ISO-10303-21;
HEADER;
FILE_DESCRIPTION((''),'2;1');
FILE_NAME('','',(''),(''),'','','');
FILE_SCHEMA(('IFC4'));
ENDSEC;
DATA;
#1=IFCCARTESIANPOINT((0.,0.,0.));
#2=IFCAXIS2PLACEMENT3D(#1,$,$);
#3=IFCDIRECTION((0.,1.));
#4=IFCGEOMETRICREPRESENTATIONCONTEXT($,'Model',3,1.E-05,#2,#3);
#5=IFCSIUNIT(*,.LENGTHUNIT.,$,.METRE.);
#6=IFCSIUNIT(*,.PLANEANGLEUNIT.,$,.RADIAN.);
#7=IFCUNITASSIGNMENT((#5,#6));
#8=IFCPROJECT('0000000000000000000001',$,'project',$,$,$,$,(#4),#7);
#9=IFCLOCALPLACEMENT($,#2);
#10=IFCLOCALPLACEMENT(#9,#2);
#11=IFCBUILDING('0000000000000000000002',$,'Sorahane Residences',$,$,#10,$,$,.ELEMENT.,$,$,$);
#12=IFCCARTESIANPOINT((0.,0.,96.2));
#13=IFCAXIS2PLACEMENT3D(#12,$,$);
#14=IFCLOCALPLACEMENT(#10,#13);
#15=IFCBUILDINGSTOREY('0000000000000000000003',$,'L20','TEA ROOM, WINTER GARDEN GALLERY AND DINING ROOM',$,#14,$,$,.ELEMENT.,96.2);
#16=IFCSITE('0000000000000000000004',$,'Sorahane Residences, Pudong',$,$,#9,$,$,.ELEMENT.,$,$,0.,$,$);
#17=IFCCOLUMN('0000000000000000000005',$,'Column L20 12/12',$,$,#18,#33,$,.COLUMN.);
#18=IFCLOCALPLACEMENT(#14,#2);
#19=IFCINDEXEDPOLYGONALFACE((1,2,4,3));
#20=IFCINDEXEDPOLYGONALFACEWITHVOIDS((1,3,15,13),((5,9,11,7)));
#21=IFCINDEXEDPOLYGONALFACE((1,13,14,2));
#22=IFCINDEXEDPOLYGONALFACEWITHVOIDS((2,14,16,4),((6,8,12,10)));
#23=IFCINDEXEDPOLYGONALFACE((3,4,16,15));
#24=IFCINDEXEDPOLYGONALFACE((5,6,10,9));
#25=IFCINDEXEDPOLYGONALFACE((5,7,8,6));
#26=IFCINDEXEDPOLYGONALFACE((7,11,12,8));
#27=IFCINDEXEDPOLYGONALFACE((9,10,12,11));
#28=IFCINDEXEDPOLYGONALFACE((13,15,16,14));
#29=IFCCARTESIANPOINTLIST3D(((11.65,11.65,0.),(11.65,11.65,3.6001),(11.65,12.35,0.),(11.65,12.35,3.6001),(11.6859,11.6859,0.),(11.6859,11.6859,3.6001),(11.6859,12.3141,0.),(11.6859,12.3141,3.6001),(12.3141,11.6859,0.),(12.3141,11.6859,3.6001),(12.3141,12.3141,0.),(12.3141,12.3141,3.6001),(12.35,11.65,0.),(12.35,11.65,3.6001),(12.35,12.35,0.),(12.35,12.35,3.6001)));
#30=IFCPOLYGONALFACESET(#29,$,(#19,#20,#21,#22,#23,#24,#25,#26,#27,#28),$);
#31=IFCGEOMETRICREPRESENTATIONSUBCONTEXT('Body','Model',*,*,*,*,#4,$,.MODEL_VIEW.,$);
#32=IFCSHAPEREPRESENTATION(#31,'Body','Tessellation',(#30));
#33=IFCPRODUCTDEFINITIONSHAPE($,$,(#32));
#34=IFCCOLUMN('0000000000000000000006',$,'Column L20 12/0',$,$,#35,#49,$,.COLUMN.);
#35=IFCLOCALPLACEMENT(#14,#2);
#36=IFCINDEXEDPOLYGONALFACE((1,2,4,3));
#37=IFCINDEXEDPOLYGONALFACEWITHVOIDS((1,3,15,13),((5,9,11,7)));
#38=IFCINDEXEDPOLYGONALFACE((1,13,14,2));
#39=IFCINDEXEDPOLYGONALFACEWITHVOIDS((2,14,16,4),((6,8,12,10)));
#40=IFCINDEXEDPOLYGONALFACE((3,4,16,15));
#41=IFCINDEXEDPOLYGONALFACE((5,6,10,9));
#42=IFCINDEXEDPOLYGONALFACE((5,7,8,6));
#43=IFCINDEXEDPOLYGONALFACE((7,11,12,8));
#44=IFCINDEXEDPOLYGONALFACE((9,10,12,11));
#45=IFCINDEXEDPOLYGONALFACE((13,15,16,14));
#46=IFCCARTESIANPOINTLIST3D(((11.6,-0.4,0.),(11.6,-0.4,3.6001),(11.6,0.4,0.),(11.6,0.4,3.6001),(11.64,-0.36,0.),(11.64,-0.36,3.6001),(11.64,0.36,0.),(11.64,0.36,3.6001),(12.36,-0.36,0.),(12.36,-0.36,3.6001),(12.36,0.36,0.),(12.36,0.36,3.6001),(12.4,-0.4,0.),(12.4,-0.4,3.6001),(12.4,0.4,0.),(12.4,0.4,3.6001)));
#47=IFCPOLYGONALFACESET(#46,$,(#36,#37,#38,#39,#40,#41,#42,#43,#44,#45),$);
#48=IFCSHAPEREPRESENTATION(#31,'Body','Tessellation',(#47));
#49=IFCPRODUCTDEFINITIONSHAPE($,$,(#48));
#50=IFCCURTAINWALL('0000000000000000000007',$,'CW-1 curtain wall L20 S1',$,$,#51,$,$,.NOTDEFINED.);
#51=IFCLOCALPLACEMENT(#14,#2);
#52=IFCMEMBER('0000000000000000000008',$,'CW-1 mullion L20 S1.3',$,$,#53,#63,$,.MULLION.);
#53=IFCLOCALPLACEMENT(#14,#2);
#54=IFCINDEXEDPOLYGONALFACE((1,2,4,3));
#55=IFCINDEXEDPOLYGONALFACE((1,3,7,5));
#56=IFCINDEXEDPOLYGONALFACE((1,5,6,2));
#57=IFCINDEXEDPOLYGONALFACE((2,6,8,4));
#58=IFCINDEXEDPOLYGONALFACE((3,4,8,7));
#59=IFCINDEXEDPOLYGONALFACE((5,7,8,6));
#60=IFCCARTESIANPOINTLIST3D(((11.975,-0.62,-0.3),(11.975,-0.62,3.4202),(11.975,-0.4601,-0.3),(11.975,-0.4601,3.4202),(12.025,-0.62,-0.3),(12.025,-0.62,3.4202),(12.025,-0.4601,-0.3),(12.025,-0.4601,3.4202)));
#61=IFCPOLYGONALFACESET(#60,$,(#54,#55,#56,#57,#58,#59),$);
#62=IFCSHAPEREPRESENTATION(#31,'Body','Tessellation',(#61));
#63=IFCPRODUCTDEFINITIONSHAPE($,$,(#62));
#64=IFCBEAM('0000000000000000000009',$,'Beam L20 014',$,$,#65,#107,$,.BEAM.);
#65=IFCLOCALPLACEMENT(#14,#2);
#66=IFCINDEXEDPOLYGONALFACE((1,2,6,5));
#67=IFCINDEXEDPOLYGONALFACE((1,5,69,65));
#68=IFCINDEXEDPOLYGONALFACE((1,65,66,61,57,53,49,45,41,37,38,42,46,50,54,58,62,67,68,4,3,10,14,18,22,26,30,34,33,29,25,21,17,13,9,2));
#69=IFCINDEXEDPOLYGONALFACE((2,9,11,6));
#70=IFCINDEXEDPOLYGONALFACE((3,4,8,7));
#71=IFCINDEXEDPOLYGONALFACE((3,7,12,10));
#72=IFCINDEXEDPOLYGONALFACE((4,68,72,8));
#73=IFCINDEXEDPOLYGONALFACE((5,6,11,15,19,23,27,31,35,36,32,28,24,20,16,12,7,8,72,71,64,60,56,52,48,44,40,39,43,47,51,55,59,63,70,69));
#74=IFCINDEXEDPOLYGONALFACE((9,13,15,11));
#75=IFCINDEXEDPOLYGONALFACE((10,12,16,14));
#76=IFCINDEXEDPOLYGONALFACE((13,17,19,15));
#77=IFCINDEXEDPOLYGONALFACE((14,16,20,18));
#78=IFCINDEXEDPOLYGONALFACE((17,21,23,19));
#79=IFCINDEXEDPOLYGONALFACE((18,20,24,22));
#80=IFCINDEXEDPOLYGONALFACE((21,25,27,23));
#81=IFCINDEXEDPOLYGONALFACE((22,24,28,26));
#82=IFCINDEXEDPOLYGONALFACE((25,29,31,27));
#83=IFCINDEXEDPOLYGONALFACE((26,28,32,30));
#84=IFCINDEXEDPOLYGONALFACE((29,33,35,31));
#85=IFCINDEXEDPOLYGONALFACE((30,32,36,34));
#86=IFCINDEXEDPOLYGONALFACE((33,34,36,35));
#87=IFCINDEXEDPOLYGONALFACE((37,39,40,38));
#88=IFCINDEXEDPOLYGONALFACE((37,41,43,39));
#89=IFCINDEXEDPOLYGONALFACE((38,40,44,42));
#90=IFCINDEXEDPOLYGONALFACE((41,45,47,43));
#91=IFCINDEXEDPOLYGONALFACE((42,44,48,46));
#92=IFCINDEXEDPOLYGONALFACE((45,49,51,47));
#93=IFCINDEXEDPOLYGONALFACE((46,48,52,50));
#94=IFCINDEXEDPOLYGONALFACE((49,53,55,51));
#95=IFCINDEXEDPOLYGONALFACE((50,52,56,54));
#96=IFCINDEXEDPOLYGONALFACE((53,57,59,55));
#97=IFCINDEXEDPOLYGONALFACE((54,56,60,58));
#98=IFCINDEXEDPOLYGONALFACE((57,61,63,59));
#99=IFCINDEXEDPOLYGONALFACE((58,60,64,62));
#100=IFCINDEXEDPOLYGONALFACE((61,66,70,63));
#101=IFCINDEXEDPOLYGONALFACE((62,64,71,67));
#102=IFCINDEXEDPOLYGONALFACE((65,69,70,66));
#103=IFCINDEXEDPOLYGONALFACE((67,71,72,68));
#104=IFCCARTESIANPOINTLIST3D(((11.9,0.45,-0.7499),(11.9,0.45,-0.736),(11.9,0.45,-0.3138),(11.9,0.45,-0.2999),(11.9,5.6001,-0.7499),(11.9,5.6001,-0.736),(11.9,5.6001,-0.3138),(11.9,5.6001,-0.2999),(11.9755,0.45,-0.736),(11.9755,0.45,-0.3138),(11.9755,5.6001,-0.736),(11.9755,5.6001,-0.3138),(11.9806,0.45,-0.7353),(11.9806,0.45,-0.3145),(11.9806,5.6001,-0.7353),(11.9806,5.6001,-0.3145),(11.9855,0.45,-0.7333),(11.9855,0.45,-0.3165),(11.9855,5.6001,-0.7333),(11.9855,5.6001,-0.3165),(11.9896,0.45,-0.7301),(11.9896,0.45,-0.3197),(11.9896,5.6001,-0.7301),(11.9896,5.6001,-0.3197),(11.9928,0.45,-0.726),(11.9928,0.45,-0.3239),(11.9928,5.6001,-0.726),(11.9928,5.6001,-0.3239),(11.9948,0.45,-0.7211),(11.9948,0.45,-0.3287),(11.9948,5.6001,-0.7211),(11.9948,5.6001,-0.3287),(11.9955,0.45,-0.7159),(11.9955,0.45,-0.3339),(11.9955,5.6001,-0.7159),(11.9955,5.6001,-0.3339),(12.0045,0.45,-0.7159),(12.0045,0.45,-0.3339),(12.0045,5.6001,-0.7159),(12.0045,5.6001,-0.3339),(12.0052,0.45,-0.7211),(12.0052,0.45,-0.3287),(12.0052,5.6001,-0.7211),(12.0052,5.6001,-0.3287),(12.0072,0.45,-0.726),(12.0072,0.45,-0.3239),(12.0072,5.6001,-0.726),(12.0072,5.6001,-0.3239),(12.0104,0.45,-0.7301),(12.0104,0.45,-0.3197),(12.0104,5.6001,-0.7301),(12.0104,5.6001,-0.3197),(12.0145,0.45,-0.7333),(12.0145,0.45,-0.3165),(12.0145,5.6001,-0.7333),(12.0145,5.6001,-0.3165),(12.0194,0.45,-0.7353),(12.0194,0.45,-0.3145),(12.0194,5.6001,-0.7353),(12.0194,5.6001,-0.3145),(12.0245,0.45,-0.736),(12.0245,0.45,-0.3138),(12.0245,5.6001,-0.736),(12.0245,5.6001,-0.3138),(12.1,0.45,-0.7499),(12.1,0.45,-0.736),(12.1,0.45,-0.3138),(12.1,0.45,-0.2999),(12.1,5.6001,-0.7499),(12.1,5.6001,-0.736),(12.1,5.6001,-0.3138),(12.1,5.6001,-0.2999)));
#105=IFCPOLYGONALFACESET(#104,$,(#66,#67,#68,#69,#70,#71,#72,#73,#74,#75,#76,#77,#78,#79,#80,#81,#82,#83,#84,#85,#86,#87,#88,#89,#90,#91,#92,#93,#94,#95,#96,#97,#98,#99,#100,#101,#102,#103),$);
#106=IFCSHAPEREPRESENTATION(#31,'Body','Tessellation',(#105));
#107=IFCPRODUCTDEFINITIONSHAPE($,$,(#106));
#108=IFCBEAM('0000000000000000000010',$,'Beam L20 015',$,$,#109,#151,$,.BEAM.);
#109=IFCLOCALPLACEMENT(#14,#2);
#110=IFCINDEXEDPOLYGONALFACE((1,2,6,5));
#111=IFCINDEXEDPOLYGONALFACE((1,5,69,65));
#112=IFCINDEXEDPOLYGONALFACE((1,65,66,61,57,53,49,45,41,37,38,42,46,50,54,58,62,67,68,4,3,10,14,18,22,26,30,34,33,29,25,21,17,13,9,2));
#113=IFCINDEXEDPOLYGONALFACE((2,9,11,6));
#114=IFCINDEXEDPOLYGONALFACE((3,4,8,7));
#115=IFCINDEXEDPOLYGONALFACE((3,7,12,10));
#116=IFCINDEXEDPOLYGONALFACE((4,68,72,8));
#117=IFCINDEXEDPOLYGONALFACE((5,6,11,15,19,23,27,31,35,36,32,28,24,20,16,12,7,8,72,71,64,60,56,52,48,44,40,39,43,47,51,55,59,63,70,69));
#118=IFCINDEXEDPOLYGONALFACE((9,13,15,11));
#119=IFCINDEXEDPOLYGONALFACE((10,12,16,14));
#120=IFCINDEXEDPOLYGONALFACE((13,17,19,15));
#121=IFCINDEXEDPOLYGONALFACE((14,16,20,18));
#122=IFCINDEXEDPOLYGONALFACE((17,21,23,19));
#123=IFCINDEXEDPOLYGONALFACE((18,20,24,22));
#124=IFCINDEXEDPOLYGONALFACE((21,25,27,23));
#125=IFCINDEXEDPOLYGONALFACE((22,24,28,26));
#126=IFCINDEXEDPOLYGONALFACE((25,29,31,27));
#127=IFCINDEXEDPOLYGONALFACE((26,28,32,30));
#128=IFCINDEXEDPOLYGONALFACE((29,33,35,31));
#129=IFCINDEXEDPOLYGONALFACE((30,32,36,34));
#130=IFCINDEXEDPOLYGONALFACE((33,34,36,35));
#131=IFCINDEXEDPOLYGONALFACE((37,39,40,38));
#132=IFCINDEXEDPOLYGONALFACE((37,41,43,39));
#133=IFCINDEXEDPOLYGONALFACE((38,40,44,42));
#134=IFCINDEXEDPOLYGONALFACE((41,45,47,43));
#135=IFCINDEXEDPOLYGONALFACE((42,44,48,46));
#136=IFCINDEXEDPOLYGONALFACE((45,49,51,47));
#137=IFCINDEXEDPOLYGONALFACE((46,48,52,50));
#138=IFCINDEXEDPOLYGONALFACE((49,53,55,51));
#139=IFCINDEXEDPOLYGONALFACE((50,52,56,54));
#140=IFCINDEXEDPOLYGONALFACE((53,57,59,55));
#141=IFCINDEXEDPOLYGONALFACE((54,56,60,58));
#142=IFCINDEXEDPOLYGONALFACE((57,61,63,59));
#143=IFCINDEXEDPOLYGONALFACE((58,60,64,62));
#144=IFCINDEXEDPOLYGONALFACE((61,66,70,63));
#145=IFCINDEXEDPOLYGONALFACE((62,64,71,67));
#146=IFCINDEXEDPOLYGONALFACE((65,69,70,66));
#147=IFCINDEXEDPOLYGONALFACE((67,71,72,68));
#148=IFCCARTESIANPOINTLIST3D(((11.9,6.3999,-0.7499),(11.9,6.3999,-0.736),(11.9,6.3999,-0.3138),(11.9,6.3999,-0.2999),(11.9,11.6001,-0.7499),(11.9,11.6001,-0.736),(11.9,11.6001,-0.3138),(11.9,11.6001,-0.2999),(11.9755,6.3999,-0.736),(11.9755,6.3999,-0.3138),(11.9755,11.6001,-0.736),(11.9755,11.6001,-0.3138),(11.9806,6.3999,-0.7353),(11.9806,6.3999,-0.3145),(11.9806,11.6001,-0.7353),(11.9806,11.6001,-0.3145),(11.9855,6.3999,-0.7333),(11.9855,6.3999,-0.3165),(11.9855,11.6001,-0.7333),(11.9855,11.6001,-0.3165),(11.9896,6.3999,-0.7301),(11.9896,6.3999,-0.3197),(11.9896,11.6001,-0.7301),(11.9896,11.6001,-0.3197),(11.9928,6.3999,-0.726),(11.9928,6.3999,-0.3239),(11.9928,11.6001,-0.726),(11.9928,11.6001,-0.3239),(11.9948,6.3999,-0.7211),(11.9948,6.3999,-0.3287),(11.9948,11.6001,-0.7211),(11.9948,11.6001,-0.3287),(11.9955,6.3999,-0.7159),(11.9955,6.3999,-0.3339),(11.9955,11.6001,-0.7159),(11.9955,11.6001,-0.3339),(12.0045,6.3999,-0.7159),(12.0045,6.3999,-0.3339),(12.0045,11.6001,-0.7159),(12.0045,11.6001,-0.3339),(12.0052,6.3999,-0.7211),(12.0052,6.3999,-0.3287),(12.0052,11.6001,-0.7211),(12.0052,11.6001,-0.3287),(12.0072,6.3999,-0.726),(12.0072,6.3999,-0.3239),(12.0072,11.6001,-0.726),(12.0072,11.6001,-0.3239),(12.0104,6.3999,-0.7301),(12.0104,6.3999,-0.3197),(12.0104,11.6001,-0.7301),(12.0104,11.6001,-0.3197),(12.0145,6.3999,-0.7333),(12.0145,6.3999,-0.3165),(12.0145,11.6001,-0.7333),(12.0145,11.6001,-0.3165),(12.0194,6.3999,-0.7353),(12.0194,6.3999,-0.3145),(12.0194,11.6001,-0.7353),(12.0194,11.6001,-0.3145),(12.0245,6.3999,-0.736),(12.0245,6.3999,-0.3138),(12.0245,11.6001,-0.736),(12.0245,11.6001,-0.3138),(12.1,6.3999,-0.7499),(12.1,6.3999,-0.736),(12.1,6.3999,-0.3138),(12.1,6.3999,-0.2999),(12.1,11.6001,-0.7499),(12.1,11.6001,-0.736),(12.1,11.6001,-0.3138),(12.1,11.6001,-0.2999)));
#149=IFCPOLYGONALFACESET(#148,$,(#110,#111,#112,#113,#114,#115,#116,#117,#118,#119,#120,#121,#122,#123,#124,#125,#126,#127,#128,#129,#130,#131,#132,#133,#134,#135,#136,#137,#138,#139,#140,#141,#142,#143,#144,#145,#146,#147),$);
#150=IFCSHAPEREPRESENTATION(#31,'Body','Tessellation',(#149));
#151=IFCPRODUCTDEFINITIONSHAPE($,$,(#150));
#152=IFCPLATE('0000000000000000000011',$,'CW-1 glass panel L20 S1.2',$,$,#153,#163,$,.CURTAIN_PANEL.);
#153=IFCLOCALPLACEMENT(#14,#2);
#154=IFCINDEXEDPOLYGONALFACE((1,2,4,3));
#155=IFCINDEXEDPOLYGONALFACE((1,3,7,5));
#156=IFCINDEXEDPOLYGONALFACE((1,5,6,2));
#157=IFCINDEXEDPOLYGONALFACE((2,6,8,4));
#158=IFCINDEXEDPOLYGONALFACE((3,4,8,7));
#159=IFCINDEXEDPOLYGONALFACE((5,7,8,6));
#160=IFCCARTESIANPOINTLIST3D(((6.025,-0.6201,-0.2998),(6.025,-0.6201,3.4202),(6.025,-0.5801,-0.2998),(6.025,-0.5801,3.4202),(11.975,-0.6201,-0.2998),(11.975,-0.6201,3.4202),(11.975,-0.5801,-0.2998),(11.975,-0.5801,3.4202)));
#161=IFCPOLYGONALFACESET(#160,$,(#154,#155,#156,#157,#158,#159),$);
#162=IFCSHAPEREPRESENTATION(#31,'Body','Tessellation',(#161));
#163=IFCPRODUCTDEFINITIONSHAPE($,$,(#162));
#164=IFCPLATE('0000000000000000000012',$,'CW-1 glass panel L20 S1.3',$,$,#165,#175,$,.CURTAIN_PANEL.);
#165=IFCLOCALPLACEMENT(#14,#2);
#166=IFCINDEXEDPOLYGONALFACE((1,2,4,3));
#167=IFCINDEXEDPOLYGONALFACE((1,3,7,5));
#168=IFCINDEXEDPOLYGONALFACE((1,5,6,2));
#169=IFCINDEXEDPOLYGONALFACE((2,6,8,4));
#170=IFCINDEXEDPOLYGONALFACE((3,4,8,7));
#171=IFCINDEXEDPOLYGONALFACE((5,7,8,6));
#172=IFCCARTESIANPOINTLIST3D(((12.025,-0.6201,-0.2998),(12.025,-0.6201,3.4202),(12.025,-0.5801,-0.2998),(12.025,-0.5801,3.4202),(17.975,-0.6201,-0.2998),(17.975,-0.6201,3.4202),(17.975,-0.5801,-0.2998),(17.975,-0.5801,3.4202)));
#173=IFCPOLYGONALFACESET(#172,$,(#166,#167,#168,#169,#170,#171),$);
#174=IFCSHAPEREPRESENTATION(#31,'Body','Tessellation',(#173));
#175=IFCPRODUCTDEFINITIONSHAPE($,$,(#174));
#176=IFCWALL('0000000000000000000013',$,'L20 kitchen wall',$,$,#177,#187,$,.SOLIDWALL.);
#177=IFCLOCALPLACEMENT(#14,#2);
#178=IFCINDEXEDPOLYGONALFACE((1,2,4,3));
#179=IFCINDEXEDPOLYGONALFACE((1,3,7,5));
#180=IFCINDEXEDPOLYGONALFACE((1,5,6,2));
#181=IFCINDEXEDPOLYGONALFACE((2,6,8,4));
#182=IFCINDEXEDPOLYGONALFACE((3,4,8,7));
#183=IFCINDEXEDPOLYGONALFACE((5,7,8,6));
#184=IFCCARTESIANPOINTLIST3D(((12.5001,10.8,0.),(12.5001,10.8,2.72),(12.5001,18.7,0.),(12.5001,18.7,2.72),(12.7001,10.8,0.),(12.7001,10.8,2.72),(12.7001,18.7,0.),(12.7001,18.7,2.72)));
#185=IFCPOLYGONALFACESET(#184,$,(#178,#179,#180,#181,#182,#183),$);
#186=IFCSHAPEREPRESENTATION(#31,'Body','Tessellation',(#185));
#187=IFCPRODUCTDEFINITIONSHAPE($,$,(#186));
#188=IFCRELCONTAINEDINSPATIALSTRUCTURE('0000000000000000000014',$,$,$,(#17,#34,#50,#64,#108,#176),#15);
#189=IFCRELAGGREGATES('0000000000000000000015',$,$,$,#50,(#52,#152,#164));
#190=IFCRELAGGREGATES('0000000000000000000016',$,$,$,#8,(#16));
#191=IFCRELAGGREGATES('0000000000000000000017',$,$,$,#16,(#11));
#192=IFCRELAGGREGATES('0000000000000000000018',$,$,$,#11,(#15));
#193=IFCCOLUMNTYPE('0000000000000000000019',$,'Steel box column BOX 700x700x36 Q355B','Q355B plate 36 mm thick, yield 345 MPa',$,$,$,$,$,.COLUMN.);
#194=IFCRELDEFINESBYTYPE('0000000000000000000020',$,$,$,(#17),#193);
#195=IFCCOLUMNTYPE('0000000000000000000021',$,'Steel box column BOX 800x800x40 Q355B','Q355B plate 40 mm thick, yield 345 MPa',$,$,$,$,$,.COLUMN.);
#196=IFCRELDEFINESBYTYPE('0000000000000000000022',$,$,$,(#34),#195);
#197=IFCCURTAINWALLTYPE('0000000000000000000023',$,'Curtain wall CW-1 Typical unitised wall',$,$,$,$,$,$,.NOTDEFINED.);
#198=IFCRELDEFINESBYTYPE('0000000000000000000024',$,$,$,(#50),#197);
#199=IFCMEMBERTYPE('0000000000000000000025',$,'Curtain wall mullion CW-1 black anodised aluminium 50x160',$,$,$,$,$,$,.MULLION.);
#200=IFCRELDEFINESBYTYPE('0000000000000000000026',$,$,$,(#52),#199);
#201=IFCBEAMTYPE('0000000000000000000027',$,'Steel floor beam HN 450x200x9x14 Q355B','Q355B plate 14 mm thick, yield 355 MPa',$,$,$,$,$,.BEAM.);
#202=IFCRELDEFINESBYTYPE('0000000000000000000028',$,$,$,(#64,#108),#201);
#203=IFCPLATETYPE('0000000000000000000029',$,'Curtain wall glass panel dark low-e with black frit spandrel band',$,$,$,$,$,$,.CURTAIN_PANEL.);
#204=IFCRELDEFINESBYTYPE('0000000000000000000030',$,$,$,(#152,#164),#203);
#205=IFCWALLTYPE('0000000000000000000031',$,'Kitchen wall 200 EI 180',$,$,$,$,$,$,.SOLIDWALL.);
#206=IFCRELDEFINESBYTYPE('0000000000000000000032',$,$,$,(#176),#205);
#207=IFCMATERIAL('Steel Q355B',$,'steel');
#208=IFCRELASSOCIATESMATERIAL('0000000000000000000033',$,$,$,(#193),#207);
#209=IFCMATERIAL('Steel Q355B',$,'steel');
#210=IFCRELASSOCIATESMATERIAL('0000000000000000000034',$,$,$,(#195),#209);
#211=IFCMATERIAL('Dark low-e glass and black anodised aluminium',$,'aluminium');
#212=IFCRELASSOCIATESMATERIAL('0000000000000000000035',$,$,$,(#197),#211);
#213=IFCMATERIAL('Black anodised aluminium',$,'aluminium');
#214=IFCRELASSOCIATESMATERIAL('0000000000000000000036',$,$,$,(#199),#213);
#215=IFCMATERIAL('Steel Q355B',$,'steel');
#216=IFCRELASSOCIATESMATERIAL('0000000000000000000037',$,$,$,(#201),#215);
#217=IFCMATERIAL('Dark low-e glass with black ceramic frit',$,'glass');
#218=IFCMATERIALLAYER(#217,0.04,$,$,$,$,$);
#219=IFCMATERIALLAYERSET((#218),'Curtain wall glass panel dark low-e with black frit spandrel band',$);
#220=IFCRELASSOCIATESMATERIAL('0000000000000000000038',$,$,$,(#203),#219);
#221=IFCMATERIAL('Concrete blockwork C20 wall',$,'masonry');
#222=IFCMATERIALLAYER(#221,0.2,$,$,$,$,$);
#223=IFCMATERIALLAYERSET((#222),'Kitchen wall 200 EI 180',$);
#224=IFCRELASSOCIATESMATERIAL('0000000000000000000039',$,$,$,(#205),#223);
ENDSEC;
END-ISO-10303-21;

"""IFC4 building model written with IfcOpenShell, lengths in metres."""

from ifc_helpers import new_model, si_unit, direction, frame, frame_2d, origin, origin_2d, place, context, subcontext, project, spatial, rectangle, hollow_rectangle, i_section, extrude, material, layer, layer_set, material_profile, profile_set, type_object, element, aggregate, save


model = new_model("IFC4")

# Units and contexts
model_context = context("Model", 3, precision=1e-05, world=origin(), true_north=direction((0.0, 1.0)))
body_context = subcontext(model_context, "Body", "Model", "MODEL_VIEW")
ifc_project = project(units=[si_unit("LENGTHUNIT", "METRE"), si_unit("PLANEANGLEUNIT", "RADIAN")], contexts=[model_context])

# Site, building, storey
site_placement = place(None, origin())
site = spatial("IfcSite", under=ifc_project, at=site_placement, Name="Sorahane Residences, Pudong", CompositionType="ELEMENT", RefElevation=0.0)
building_placement = place(site_placement, origin())
building = spatial("IfcBuilding", under=site, at=building_placement, Name="Sorahane Residences", CompositionType="ELEMENT")
storey_placement = place(building_placement, frame((0.0, 0.0, 96.2)))
storey = spatial("IfcBuildingStorey", under=building, at=storey_placement, Name="L20", Description="TEA ROOM, WINTER GARDEN GALLERY AND DINING ROOM", CompositionType="ELEMENT", Elevation=96.2)

# Columns
ifc_material_1 = material(Name="Steel Q355B", Category="steel")
ifc_material_profile_1 = material_profile(ifc_material_1, hollow_rectangle(XDim=0.7, YDim=0.7, WallThickness=0.0359, at=origin_2d()), Name="BOX 700x700x36")
ifc_profile_set_1 = profile_set([ifc_material_profile_1], Name="Steel Q355B")
column_type_1 = type_object("IfcColumnType", Name="Steel box column BOX 700x700x36 Q355B", Description="Q355B plate 36 mm thick, yield 345 MPa", PredefinedType="COLUMN", material=ifc_profile_set_1)
column_1_placement = place(storey_placement, frame((12.0, 12.0, 0.0), z_axis=(0.0, 0.0, 1.0), x_axis=(1.0, 0.0, 0.0)))
element("IfcColumn", 1, at=column_1_placement, inside=storey, type_object=column_type_1, Name="Column L20 12/12", PredefinedType="COLUMN", context=body_context, shape_type="SweptSolid", body=[
    extrude(hollow_rectangle(XDim=0.7, YDim=0.7, WallThickness=0.0359, at=origin_2d()), origin(), (0.0, 0.0, 1.0), 3.6001),
])
ifc_material_2 = material(Name="Steel Q355B", Category="steel")
ifc_material_profile_2 = material_profile(ifc_material_2, hollow_rectangle(XDim=0.8, YDim=0.8, WallThickness=0.04, at=origin_2d()), Name="BOX 800x800x40")
ifc_profile_set_2 = profile_set([ifc_material_profile_2], Name="Steel Q355B")
column_type_2 = type_object("IfcColumnType", Name="Steel box column BOX 800x800x40 Q355B", Description="Q355B plate 40 mm thick, yield 345 MPa", PredefinedType="COLUMN", material=ifc_profile_set_2)
column_2_placement = place(storey_placement, frame((12.0, 0.0, 0.0), z_axis=(0.0, 0.0, 1.0), x_axis=(1.0, 0.0, 0.0)))
element("IfcColumn", 2, at=column_2_placement, inside=storey, type_object=column_type_2, Name="Column L20 12/0", PredefinedType="COLUMN", context=body_context, shape_type="SweptSolid", body=[
    extrude(hollow_rectangle(XDim=0.8, YDim=0.8, WallThickness=0.04, at=origin_2d()), origin(), (0.0, 0.0, 1.0), 3.6001),
])

# Curtain wall, member
ifc_material_3 = material(Name="Dark low-e glass and black anodised aluminium", Category="aluminium")
curtain_wall_type = type_object("IfcCurtainWallType", Name="Curtain wall CW-1 Typical unitised wall", PredefinedType="NOTDEFINED", material=ifc_material_3)
curtain_wall_placement = place(storey_placement, origin())
curtain_wall = element("IfcCurtainWall", 3, at=curtain_wall_placement, inside=storey, type_object=curtain_wall_type, Name="CW-1 curtain wall L20 S1", PredefinedType="NOTDEFINED")
ifc_material_4 = material(Name="Black anodised aluminium", Category="aluminium")
ifc_material_profile_3 = material_profile(ifc_material_4, rectangle(XDim=0.1599, YDim=0.05, at=origin_2d()), Name="Curtain wall mullion CW-1 black anodised aluminium 50x160")
ifc_profile_set_3 = profile_set([ifc_material_profile_3], Name="Black anodised aluminium")
member_type = type_object("IfcMemberType", Name="Curtain wall mullion CW-1 black anodised aluminium 50x160", PredefinedType="MULLION", material=ifc_profile_set_3)
member_placement = place(storey_placement, frame((12.0, -0.54, -0.3), z_axis=(0.0, 0.0, 1.0), x_axis=(0.0, -1.0, 0.0)))
member = element("IfcMember", 4, at=member_placement, type_object=member_type, Name="CW-1 mullion L20 S1.3", PredefinedType="MULLION", context=body_context, shape_type="SweptSolid", body=[
    extrude(rectangle(XDim=0.1599, YDim=0.05, at=origin_2d()), origin(), (0.0, 0.0, 1.0), 3.7202),
])

# Beams
ifc_material_5 = material(Name="Steel Q355B", Category="steel")
ifc_material_profile_4 = material_profile(ifc_material_5, i_section(OverallWidth=0.2, OverallDepth=0.45, WebThickness=0.009, FlangeThickness=0.0139, FilletRadius=0.02, at=origin_2d()), Name="HN 450x200x9x14")
ifc_profile_set_4 = profile_set([ifc_material_profile_4], Name="Steel Q355B")
beam_type = type_object("IfcBeamType", Name="Steel floor beam HN 450x200x9x14 Q355B", Description="Q355B plate 14 mm thick, yield 355 MPa", PredefinedType="BEAM", material=ifc_profile_set_4)
beam_1_placement = place(storey_placement, frame((12.0, 0.45, -0.5249), z_axis=(0.0, 1.0, 0.0), x_axis=(-1.0, 0.0, 0.0)))
element("IfcBeam", 5, at=beam_1_placement, inside=storey, type_object=beam_type, Name="Beam L20 014", PredefinedType="BEAM", context=body_context, shape_type="SweptSolid", body=[
    extrude(i_section(OverallWidth=0.2, OverallDepth=0.45, WebThickness=0.009, FlangeThickness=0.0139, FilletRadius=0.02, at=origin_2d()), origin(), (0.0, 0.0, 1.0), 5.1501),
])
beam_2_placement = place(storey_placement, frame((12.0, 6.3999, -0.5249), z_axis=(0.0, 1.0, 0.0), x_axis=(-1.0, 0.0, 0.0)))
element("IfcBeam", 6, at=beam_2_placement, inside=storey, type_object=beam_type, Name="Beam L20 015", PredefinedType="BEAM", context=body_context, shape_type="SweptSolid", body=[
    extrude(i_section(OverallWidth=0.2, OverallDepth=0.45, WebThickness=0.009, FlangeThickness=0.0139, FilletRadius=0.02, at=origin_2d()), origin(), (0.0, 0.0, 1.0), 5.2002),
])

# Plates
ifc_material_6 = material(Name="Dark low-e glass with black ceramic frit", Category="glass")
ifc_layer_1 = layer(ifc_material_6, 0.04)
ifc_layer_set_1 = layer_set([ifc_layer_1], Name="Curtain wall glass panel dark low-e with black frit spandrel band")
plate_type = type_object("IfcPlateType", Name="Curtain wall glass panel dark low-e with black frit spandrel band", PredefinedType="CURTAIN_PANEL", material=ifc_layer_set_1)
plate_1_placement = place(storey_placement, frame((9.0, -0.6001, -0.2998), z_axis=(0.0, 0.0, 1.0), x_axis=(1.0, 0.0, 0.0)))
plate_1 = element("IfcPlate", 7, at=plate_1_placement, type_object=plate_type, Name="CW-1 glass panel L20 S1.2", PredefinedType="CURTAIN_PANEL", context=body_context, shape_type="SweptSolid", body=[
    extrude(rectangle(XDim=5.95, YDim=0.04, at=origin_2d()), origin(), (0.0, 0.0, 1.0), 3.72),
])
plate_2_placement = place(storey_placement, frame((15.0, -0.6001, -0.2998), z_axis=(0.0, 0.0, 1.0), x_axis=(1.0, 0.0, 0.0)))
plate_2 = element("IfcPlate", 8, at=plate_2_placement, type_object=plate_type, Name="CW-1 glass panel L20 S1.3", PredefinedType="CURTAIN_PANEL", context=body_context, shape_type="SweptSolid", body=[
    extrude(rectangle(XDim=5.95, YDim=0.04, at=origin_2d()), origin(), (0.0, 0.0, 1.0), 3.72),
])
aggregate(curtain_wall, [member, plate_1, plate_2])

# Wall
ifc_material_7 = material(Name="Concrete blockwork C20 wall", Category="masonry")
ifc_layer_2 = layer(ifc_material_7, 0.2)
ifc_layer_set_2 = layer_set([ifc_layer_2], Name="Kitchen wall 200 EI 180")
wall_type_1 = type_object("IfcWallType", Name="Kitchen wall 200 EI 180", PredefinedType="SOLIDWALL", material=ifc_layer_set_2)
for number, where, z_axis, x_axis, name in (
    (9, (12.6001, 10.8, 0.0), (0.0, 0.0, 1.0), (0.0, 1.0, 0.0), "L20 kitchen wall"),
):
    element("IfcWall", number, at=place(storey_placement, frame(where, z_axis=z_axis, x_axis=x_axis)), inside=storey, type_object=wall_type_1, Name=name, PredefinedType="SOLIDWALL", context=body_context, shape_type="SweptSolid", body=[
        extrude(rectangle(XDim=7.8999, YDim=0.2, at=frame_2d((3.95, 0.0))), origin(), (0.0, 0.0, 1.0), 2.72),
    ])

save(model, "model.ifc")
